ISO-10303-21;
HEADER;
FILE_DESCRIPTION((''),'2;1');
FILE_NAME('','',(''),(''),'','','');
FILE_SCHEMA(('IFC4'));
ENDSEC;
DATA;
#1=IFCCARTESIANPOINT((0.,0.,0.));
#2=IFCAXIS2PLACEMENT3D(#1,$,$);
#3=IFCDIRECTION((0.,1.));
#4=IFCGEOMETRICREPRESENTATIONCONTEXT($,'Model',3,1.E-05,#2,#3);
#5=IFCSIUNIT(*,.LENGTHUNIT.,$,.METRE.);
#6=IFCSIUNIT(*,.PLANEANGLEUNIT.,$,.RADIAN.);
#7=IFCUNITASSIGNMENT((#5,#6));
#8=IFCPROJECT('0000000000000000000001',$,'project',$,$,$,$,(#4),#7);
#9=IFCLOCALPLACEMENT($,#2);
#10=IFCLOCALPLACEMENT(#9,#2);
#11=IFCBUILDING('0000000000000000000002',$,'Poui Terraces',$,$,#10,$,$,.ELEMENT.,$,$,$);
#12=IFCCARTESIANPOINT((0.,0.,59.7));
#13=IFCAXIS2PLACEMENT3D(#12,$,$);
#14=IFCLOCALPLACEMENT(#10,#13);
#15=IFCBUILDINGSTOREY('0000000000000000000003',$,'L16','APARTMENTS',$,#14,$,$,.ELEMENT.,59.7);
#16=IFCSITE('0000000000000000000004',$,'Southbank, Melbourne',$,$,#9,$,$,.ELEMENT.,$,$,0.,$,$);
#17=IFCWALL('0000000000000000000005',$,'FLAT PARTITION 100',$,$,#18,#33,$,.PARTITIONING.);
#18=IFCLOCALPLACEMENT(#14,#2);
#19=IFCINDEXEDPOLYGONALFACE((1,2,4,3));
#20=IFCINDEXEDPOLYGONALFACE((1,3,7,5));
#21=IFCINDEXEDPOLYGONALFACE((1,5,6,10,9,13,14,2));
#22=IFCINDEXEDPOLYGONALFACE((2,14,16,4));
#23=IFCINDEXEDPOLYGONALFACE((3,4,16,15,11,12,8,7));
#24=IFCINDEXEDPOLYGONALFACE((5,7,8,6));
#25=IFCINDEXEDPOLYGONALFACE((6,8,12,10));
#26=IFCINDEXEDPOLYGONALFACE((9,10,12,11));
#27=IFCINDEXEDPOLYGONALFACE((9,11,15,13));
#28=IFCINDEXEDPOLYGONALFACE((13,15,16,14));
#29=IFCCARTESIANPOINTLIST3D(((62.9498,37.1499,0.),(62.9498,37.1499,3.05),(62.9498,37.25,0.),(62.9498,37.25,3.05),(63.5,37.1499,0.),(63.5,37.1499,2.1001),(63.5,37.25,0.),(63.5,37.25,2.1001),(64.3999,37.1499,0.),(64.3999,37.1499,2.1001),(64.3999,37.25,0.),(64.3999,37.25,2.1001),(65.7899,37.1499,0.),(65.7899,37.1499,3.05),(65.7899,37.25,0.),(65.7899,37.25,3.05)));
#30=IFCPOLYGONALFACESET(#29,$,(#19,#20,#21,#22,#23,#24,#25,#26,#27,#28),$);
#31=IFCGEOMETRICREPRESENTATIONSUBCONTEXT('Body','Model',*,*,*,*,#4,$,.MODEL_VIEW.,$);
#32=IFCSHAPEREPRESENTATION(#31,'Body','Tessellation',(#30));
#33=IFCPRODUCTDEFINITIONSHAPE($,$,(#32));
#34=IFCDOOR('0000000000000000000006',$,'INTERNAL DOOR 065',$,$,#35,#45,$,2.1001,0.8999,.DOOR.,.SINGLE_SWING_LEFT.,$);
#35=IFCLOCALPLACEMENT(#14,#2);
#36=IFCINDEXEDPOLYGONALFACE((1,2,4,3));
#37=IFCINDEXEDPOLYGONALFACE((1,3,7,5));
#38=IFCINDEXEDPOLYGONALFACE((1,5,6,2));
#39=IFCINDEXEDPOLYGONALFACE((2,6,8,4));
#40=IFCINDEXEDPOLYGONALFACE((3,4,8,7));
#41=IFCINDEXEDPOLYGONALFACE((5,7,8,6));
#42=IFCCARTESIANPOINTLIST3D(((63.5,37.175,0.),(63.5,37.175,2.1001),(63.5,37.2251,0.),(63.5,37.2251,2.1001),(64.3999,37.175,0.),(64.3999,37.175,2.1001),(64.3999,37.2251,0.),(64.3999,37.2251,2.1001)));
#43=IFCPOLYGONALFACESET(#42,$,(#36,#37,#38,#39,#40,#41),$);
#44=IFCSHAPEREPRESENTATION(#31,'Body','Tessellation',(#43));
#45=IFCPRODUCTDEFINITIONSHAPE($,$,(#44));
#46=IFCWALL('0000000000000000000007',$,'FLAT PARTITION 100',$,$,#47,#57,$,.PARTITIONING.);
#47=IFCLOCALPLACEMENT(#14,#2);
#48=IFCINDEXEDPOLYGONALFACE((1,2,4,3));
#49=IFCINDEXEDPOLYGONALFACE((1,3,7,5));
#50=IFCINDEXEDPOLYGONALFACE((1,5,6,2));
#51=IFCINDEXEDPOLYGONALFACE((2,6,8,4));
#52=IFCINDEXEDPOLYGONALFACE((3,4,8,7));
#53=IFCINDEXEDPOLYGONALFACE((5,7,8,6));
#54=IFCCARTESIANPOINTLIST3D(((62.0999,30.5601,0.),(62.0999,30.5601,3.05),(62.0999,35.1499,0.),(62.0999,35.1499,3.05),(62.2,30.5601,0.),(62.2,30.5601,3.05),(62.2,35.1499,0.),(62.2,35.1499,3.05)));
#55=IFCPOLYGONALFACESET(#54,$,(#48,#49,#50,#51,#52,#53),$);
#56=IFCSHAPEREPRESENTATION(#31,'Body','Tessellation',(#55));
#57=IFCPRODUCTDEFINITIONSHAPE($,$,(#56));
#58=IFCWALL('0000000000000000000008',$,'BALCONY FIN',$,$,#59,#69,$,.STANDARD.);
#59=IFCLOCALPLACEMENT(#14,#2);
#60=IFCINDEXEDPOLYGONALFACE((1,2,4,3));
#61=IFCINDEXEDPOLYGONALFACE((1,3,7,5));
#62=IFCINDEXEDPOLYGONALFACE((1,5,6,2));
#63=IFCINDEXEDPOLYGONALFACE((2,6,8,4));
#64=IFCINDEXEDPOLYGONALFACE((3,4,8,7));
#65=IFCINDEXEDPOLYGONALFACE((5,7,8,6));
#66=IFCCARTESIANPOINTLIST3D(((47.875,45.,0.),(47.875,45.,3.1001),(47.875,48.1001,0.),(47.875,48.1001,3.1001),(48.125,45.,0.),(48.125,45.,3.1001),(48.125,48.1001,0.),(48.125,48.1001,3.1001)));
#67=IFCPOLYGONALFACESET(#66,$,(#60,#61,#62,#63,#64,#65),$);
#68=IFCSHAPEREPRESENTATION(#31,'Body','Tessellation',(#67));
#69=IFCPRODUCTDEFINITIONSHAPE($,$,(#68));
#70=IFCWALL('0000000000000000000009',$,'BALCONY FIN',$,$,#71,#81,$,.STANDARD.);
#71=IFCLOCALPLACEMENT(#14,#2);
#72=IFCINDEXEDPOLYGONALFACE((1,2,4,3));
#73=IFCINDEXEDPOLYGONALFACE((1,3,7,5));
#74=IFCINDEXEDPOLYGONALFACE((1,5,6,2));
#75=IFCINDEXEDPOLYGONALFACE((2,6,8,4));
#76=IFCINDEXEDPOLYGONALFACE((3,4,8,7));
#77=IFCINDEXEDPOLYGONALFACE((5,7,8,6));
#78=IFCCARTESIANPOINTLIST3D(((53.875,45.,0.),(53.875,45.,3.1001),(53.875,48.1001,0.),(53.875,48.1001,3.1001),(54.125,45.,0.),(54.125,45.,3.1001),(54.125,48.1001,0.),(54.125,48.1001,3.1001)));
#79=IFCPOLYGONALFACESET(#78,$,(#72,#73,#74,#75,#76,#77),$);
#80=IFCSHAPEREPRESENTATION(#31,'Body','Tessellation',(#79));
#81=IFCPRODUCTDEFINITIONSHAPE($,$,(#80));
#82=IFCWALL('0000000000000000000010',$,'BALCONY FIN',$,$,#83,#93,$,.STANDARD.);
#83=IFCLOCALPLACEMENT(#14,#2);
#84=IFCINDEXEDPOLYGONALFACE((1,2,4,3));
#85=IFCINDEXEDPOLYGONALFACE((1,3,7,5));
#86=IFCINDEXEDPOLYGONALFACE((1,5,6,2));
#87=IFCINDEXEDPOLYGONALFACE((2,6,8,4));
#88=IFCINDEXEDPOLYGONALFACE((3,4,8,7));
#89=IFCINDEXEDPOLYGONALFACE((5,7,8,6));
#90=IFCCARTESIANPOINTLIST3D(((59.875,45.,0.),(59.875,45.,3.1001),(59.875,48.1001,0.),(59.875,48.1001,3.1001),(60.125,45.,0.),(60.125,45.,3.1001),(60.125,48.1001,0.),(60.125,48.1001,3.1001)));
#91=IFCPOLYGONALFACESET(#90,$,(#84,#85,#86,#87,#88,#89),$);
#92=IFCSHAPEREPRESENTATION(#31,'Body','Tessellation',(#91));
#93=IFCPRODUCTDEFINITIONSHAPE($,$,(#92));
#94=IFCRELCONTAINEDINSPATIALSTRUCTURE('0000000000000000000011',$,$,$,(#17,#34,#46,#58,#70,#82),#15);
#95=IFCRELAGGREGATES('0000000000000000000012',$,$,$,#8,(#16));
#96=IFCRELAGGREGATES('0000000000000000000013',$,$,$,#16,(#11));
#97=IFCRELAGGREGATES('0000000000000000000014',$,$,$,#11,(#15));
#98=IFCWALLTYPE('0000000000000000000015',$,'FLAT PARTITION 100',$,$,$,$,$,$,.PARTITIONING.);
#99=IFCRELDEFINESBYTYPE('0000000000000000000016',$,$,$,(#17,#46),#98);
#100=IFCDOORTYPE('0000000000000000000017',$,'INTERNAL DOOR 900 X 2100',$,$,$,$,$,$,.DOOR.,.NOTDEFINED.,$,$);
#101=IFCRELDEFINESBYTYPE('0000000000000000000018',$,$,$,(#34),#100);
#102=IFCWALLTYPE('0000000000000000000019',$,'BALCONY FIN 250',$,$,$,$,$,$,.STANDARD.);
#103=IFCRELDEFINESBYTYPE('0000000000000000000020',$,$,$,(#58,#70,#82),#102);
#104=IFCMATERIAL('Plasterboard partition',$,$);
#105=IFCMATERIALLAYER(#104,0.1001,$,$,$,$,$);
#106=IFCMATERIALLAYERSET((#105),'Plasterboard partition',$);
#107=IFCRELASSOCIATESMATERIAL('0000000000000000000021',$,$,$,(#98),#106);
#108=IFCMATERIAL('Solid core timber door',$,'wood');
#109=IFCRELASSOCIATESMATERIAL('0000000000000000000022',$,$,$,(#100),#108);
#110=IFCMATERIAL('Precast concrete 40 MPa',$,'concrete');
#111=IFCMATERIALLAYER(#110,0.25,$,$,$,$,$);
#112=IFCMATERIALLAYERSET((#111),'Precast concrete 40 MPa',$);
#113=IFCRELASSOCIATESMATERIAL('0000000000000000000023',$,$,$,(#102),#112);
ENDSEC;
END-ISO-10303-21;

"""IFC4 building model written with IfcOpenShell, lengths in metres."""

from ifc_helpers import new_model, si_unit, direction, frame, frame_2d, origin, place, context, subcontext, project, spatial, polyline, rectangle, outline, extrude, source, transform, mapped, material, layer, layer_set, type_object, element, fill, save


model = new_model("IFC4")

# Units and contexts
model_context = context("Model", 3, precision=1e-05, world=origin(), true_north=direction((0.0, 1.0)))
body_context = subcontext(model_context, "Body", "Model", "MODEL_VIEW")
ifc_project = project(units=[si_unit("LENGTHUNIT", "METRE"), si_unit("PLANEANGLEUNIT", "RADIAN")], contexts=[model_context])

# Site, building, storey
site_placement = place(None, origin())
site = spatial("IfcSite", under=ifc_project, at=site_placement, Name="Southbank, Melbourne", CompositionType="ELEMENT", RefElevation=0.0)
building_placement = place(site_placement, origin())
building = spatial("IfcBuilding", under=site, at=building_placement, Name="Poui Terraces", CompositionType="ELEMENT")
storey_placement = place(building_placement, frame((0.0, 0.0, 59.7)))
storey = spatial("IfcBuildingStorey", under=building, at=storey_placement, Name="L16", Description="APARTMENTS", CompositionType="ELEMENT", Elevation=59.7)

# Wall, opening, door
ifc_material_1 = material(Name="Plasterboard partition")
ifc_layer_1 = layer(ifc_material_1, 0.1001)
ifc_layer_set_1 = layer_set([ifc_layer_1], Name="Plasterboard partition")
wall_type_1 = type_object("IfcWallType", Name="FLAT PARTITION 100", PredefinedType="PARTITIONING", material=ifc_layer_set_1)
ifc_material_2 = material(Name="Solid core timber door", Category="wood")
door_type_1 = type_object("IfcDoorType", Name="INTERNAL DOOR 900 X 2100", OperationType="NOTDEFINED", PredefinedType="DOOR", material=ifc_material_2)
wall_1_placement = place(storey_placement, frame((62.95, 37.2, 0.0), z_axis=(0.0, 0.0, 1.0), x_axis=(1.0, 0.0, 0.0)))
wall_1 = element("IfcWall", 1, at=wall_1_placement, inside=storey, type_object=wall_type_1, Name="FLAT PARTITION 100", PredefinedType="PARTITIONING", context=body_context, shape_type="SweptSolid", body=[
    extrude(rectangle(XDim=2.8401, YDim=0.1001, at=frame_2d((1.4199, 0.0))), origin(), (0.0, 0.0, 1.0), 3.05),
])
opening_1_placement = place(wall_1_placement, frame((0.55, 0.0, 0.0)))
opening_1 = element("IfcOpeningElement", 2, at=opening_1_placement, cuts=wall_1, PredefinedType="OPENING", context=body_context, shape_type="SweptSolid", body=[
    extrude(rectangle(XDim=0.8999, YDim=2.1001, at=frame_2d((0.45, 1.05))), frame((0.0, 0.0601, 0.0), z_axis=(0.0, -1.0, 0.0), x_axis=(1.0, 0.0, 0.0)), (0.0, 0.0, 1.0), 0.1201),
])
door_1_placement = place(opening_1_placement, frame((0.8999, 0.0, 0.0), z_axis=(0.0, 0.0, 1.0), x_axis=(-1.0, 0.0, 0.0)))
door_1 = element("IfcDoor", 3, at=door_1_placement, inside=storey, type_object=door_type_1, Name="INTERNAL DOOR 065", OperationType="SINGLE_SWING_LEFT", OverallHeight=2.1001, OverallWidth=0.8999, PredefinedType="DOOR", context=body_context, shape_type="SweptSolid", body=[
    extrude(rectangle(XDim=0.8999, YDim=2.1001, at=frame_2d((0.45, 1.05))), frame((0.0, 0.0249, 0.0), z_axis=(0.0, -1.0, 0.0), x_axis=(1.0, 0.0, 0.0)), (0.0, 0.0, 1.0), 0.05),
])
fill(opening_1, door_1)

# Walls
wall_2_placement = place(storey_placement, frame((62.1499, 30.5601, 0.0), z_axis=(0.0, 0.0, 1.0), x_axis=(0.0, 1.0, 0.0)))
element("IfcWall", 4, at=wall_2_placement, inside=storey, type_object=wall_type_1, Name="FLAT PARTITION 100", PredefinedType="PARTITIONING", context=body_context, shape_type="SweptSolid", body=[
    extrude(rectangle(XDim=4.5898, YDim=0.1001, at=frame_2d((2.2949, 0.0))), origin(), (0.0, 0.0, 1.0), 3.05),
])
ifc_material_3 = material(Name="Precast concrete 40 MPa", Category="concrete")
ifc_layer_2 = layer(ifc_material_3, 0.25)
ifc_layer_set_2 = layer_set([ifc_layer_2], Name="Precast concrete 40 MPa")
wall_type_2 = type_object("IfcWallType", Name="BALCONY FIN 250", PredefinedType="STANDARD", material=ifc_layer_set_2)
shared_shape_1 = source(origin(), body_context, "Body", "SweptSolid", [
    extrude(outline(polyline([(0.0, 0.0), (0.25, 0.0), (0.25, 3.1001), (0.0, 3.1001), (0.0, 0.0)])), origin(), (0.0, 0.0, 1.0), 3.1001),
])
for number, where, name in (
    (5, (47.875, 45.0, 0.0), "BALCONY FIN"),
    (6, (53.875, 45.0, 0.0), "BALCONY FIN"),
    (7, (59.875, 45.0, 0.0), "BALCONY FIN"),
):
    element("IfcWall", number, at=place(storey_placement, frame(where)), inside=storey, type_object=wall_type_2, Name=name, PredefinedType="STANDARD", context=body_context, shape_type="MappedRepresentation", body=[
        mapped(shared_shape_1, transform((0.0, 0.0, 0.0))),
    ])

save(model, "model.ifc")
